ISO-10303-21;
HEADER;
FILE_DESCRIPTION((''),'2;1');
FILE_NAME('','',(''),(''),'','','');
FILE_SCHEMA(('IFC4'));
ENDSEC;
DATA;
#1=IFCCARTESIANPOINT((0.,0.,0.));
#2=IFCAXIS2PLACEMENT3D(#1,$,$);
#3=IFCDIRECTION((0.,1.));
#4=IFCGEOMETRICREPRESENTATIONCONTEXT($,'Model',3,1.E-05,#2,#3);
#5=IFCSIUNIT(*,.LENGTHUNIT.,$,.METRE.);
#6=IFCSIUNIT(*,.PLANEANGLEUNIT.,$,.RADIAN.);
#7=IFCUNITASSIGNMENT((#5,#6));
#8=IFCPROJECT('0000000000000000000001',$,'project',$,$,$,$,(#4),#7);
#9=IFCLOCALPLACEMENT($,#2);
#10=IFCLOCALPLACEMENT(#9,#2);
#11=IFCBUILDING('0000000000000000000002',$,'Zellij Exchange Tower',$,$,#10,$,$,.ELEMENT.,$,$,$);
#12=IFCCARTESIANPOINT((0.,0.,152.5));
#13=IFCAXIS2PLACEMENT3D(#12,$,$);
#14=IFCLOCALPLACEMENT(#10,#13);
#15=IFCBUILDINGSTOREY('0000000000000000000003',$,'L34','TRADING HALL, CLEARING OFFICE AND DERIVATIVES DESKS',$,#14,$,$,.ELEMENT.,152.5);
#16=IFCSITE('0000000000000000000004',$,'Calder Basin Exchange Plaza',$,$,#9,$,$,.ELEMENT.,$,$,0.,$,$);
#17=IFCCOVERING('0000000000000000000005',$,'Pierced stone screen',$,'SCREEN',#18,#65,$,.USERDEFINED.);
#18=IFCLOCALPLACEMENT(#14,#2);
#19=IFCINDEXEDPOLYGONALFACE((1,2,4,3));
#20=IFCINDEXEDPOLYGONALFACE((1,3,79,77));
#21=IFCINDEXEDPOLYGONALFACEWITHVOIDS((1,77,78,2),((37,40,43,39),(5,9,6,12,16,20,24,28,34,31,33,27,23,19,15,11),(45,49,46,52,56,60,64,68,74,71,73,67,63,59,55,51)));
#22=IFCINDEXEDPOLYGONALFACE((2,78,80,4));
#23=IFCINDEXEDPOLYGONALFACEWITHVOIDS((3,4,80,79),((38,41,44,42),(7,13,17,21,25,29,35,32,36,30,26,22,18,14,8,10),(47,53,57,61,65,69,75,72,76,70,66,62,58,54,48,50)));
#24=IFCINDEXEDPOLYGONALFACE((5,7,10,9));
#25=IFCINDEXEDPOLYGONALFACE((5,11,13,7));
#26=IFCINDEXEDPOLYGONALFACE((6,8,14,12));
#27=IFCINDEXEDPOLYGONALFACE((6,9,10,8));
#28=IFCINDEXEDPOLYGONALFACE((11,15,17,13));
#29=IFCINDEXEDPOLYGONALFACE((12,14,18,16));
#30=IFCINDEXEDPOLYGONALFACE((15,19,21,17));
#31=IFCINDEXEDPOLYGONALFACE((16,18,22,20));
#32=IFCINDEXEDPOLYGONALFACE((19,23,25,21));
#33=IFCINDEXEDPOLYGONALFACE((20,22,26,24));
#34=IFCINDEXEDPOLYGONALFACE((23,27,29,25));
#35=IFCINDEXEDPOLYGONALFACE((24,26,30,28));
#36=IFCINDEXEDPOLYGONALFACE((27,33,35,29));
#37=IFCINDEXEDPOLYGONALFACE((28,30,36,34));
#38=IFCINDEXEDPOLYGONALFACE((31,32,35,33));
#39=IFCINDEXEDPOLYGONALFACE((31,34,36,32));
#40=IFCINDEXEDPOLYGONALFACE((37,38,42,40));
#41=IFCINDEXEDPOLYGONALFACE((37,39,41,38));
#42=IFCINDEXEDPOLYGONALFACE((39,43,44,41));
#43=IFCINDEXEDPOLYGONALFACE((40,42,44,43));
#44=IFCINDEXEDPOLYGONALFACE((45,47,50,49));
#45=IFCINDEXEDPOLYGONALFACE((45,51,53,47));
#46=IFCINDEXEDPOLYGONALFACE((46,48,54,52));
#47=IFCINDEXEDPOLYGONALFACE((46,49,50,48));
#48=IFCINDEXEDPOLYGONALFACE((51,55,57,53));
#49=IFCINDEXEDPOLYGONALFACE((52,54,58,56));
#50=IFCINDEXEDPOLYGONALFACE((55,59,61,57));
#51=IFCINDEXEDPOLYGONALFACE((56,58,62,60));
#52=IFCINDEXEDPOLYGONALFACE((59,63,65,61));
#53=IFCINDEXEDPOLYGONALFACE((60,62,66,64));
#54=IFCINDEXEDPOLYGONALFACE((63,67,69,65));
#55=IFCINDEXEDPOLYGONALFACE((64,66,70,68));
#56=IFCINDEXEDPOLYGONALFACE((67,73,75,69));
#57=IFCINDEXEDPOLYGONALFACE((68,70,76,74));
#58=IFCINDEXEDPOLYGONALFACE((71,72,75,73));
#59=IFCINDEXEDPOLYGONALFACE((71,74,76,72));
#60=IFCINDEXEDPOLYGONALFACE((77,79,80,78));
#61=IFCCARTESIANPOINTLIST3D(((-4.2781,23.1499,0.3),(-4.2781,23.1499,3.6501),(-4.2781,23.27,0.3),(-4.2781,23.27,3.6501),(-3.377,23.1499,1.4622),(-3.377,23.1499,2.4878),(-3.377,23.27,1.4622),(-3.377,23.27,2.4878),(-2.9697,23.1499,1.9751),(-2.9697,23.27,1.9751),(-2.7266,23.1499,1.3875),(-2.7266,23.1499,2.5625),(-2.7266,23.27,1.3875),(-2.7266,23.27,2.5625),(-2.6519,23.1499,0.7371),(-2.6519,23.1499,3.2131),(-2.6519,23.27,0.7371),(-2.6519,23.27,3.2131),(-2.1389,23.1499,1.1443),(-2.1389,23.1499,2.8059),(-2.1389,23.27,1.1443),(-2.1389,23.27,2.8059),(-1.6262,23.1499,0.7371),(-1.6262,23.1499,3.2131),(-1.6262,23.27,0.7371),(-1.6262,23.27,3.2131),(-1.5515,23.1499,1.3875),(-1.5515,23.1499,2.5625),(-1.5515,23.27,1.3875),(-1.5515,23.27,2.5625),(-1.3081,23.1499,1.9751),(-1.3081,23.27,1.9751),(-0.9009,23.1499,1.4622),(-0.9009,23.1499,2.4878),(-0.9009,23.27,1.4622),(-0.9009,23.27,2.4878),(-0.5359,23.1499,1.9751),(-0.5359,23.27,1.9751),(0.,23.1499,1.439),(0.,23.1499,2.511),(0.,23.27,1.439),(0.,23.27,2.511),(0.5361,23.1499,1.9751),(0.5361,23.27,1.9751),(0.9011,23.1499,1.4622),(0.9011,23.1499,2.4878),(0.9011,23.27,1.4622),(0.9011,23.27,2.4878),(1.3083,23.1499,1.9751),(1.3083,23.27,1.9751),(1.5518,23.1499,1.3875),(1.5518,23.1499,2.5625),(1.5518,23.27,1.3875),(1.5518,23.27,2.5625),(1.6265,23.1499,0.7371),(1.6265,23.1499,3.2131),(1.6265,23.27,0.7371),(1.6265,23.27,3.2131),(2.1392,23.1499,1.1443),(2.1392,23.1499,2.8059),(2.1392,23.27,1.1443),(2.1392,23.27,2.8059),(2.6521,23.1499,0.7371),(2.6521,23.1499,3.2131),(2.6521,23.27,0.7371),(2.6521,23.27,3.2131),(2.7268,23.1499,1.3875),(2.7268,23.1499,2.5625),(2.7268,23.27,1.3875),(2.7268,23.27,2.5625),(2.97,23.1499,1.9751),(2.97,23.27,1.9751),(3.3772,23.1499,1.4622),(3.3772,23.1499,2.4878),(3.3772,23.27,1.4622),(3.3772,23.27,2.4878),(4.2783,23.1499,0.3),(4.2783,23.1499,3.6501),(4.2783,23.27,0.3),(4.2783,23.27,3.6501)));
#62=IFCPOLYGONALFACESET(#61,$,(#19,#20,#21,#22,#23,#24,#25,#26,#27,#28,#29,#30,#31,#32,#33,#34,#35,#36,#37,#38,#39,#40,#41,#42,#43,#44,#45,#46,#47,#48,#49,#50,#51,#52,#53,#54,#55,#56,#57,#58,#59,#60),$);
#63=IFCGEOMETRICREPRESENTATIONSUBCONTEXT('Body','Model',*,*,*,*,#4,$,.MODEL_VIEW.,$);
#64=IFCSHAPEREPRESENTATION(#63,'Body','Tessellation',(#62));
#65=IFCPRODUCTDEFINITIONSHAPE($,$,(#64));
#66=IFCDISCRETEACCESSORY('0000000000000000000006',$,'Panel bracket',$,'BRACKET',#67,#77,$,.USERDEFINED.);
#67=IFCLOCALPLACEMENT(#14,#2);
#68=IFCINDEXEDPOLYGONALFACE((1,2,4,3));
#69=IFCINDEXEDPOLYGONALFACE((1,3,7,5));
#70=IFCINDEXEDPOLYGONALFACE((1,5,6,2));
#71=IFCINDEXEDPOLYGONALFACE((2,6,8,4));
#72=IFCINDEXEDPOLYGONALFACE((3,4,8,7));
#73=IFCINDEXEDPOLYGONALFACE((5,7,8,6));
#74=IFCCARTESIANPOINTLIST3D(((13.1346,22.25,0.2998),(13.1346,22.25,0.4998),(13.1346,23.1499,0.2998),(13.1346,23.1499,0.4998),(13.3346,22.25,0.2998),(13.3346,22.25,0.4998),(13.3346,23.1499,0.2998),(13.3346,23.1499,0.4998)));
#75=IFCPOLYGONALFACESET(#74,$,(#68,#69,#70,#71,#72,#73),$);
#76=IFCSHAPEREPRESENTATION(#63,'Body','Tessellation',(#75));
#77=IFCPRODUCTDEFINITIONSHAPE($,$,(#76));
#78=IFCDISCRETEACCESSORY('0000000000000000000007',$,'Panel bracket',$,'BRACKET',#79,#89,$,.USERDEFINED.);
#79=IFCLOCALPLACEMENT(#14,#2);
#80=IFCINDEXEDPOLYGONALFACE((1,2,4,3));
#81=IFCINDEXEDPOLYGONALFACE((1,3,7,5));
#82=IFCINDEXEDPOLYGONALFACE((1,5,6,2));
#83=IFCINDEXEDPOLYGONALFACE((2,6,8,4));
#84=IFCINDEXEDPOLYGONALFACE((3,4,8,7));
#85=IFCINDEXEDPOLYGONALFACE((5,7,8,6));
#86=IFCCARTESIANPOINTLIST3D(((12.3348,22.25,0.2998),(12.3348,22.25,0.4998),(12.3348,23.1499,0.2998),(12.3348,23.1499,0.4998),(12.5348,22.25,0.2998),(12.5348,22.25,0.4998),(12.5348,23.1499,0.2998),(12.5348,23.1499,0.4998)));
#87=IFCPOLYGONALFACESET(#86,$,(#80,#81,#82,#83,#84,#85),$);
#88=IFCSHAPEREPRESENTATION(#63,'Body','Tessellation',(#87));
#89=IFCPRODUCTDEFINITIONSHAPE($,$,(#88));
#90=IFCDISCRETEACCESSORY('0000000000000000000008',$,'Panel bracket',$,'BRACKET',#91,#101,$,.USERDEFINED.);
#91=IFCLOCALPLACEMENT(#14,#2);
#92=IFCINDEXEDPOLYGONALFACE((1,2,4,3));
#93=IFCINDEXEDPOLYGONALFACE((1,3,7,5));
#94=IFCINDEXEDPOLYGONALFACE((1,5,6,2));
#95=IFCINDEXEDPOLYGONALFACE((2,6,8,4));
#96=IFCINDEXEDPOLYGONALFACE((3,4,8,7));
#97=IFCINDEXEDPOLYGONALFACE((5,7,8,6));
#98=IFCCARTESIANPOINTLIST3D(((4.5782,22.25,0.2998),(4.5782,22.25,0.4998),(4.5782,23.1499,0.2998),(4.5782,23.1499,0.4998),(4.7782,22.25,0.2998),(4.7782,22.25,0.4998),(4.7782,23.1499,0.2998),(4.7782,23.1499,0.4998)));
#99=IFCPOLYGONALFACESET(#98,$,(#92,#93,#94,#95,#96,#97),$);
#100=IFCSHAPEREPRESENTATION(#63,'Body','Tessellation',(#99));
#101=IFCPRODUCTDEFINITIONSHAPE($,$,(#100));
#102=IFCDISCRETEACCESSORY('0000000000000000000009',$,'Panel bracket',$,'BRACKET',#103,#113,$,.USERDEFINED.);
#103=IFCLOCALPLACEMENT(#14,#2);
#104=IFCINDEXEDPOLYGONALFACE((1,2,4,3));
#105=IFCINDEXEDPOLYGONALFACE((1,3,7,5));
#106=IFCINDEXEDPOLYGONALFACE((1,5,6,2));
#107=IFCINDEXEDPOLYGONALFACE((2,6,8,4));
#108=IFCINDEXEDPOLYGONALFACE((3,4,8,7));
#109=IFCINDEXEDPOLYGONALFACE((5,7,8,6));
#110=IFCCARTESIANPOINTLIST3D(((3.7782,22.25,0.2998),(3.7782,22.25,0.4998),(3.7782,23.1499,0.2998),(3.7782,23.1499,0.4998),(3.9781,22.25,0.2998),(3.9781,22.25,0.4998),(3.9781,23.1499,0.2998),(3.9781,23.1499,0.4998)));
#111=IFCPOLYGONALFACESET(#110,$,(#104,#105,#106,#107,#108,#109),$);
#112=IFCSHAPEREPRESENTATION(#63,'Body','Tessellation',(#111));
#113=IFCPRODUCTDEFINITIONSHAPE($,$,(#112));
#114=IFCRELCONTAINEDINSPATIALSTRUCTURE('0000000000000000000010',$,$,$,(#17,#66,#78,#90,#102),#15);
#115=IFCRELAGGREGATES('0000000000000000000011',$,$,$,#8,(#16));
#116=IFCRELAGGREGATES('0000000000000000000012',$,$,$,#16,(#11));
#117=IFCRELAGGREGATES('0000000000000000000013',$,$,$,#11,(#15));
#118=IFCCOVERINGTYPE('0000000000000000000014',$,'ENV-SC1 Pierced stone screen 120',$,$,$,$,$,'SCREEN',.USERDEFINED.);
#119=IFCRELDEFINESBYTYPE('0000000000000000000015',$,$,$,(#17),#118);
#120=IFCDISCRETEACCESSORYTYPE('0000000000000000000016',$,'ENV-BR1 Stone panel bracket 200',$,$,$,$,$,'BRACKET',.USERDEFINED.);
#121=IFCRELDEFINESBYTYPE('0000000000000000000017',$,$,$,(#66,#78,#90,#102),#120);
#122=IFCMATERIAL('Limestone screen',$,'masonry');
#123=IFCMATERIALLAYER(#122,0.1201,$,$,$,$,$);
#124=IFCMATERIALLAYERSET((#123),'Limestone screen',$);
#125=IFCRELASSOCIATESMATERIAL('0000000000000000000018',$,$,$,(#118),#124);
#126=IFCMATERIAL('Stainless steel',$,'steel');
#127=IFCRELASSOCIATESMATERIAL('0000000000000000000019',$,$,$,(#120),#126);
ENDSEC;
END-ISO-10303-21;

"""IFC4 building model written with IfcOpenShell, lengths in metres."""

from ifc_helpers import new_model, si_unit, direction, frame, origin, origin_2d, place, context, subcontext, project, spatial, polyline, rectangle, outline, extrude, material, layer, layer_set, type_object, element, save


model = new_model("IFC4")

# Units and contexts
model_context = context("Model", 3, precision=1e-05, world=origin(), true_north=direction((0.0, 1.0)))
body_context = subcontext(model_context, "Body", "Model", "MODEL_VIEW")
ifc_project = project(units=[si_unit("LENGTHUNIT", "METRE"), si_unit("PLANEANGLEUNIT", "RADIAN")], contexts=[model_context])

# Site, building, storey
site_placement = place(None, origin())
site = spatial("IfcSite", under=ifc_project, at=site_placement, Name="Calder Basin Exchange Plaza", CompositionType="ELEMENT", RefElevation=0.0)
building_placement = place(site_placement, origin())
building = spatial("IfcBuilding", under=site, at=building_placement, Name="Zellij Exchange Tower", CompositionType="ELEMENT")
storey_placement = place(building_placement, frame((0.0, 0.0, 152.5)))
storey = spatial("IfcBuildingStorey", under=building, at=storey_placement, Name="L34", Description="TRADING HALL, CLEARING OFFICE AND DERIVATIVES DESKS", CompositionType="ELEMENT", Elevation=152.5)

# Covering
ifc_material_1 = material(Name="Limestone screen", Category="masonry")
ifc_layer_1 = layer(ifc_material_1, 0.1201)
ifc_layer_set_1 = layer_set([ifc_layer_1], Name="Limestone screen")
covering_type_1 = type_object("IfcCoveringType", Name="ENV-SC1 Pierced stone screen 120", ElementType="SCREEN", PredefinedType="USERDEFINED", material=ifc_layer_set_1)
for number, where, z_axis, x_axis, name in (
    (1, (4.2783, 23.21, 0.3), (0.0, 0.0, 1.0), (-1.0, 0.0, 0.0), "Pierced stone screen"),
):
    element("IfcCovering", number, at=place(storey_placement, frame(where, z_axis=z_axis, x_axis=x_axis)), inside=storey, type_object=covering_type_1, Name=name, ObjectType="SCREEN", PredefinedType="USERDEFINED", context=body_context, shape_type="SweptSolid", body=[
        extrude(outline(polyline([(0.0, 0.0), (8.5564, 0.0), (8.5564, 3.3501), (0.0, 3.3501), (0.0, 0.0)]), holes=[polyline([(3.3772, 2.1877), (2.7266, 2.2625), (2.6519, 2.9131), (2.1392, 2.5059), (1.6262, 2.9131), (1.5515, 2.2625), (0.9011, 2.1877), (1.3083, 1.675), (0.9011, 1.1621), (1.5515, 1.0874), (1.6262, 0.437), (2.1392, 0.8442), (2.6519, 0.437), (2.7266, 1.0874), (3.3772, 1.1621), (2.97, 1.675), (3.3772, 2.1877)]), polyline([(7.6553, 2.1877), (7.0049, 2.2625), (6.9302, 2.9131), (6.4172, 2.5059), (5.9045, 2.9131), (5.8298, 2.2625), (5.1792, 2.1877), (5.5864, 1.675), (5.1792, 1.1621), (5.8298, 1.0874), (5.9045, 0.437), (6.4172, 0.8442), (6.9302, 0.437), (7.0049, 1.0874), (7.6553, 1.1621), (7.248, 1.675), (7.6553, 2.1877)]), polyline([(4.8142, 1.675), (4.2783, 2.2109), (3.7422, 1.675), (4.2783, 1.1389), (4.8142, 1.675)])]), frame((0.0, 0.0601, 0.0), z_axis=(0.0, -1.0, 0.0), x_axis=(1.0, 0.0, 0.0)), (0.0, 0.0, 1.0), 0.1201),
    ])

# Discrete accessories
ifc_material_2 = material(Name="Stainless steel", Category="steel")
discrete_accessory_type = type_object("IfcDiscreteAccessoryType", Name="ENV-BR1 Stone panel bracket 200", ElementType="BRACKET", PredefinedType="USERDEFINED", material=ifc_material_2)
for number, where, z_axis, x_axis, name in (
    (2, (13.2346, 22.7, 0.2998), (0.0, 0.0, 1.0), (-1.0, 0.0, 0.0), "Panel bracket"),
    (3, (12.4348, 22.7, 0.2998), (0.0, 0.0, 1.0), (-1.0, 0.0, 0.0), "Panel bracket"),
    (4, (4.6782, 22.7, 0.2998), (0.0, 0.0, 1.0), (-1.0, 0.0, 0.0), "Panel bracket"),
    (5, (3.8782, 22.7, 0.2998), (0.0, 0.0, 1.0), (-1.0, 0.0, 0.0), "Panel bracket"),
):
    element("IfcDiscreteAccessory", number, at=place(storey_placement, frame(where, z_axis=z_axis, x_axis=x_axis)), inside=storey, type_object=discrete_accessory_type, Name=name, ObjectType="BRACKET", PredefinedType="USERDEFINED", context=body_context, shape_type="SweptSolid", body=[
        extrude(rectangle(XDim=0.2, YDim=0.8999, at=origin_2d()), origin(), (0.0, 0.0, 1.0), 0.2),
    ])

save(model, "model.ifc")
